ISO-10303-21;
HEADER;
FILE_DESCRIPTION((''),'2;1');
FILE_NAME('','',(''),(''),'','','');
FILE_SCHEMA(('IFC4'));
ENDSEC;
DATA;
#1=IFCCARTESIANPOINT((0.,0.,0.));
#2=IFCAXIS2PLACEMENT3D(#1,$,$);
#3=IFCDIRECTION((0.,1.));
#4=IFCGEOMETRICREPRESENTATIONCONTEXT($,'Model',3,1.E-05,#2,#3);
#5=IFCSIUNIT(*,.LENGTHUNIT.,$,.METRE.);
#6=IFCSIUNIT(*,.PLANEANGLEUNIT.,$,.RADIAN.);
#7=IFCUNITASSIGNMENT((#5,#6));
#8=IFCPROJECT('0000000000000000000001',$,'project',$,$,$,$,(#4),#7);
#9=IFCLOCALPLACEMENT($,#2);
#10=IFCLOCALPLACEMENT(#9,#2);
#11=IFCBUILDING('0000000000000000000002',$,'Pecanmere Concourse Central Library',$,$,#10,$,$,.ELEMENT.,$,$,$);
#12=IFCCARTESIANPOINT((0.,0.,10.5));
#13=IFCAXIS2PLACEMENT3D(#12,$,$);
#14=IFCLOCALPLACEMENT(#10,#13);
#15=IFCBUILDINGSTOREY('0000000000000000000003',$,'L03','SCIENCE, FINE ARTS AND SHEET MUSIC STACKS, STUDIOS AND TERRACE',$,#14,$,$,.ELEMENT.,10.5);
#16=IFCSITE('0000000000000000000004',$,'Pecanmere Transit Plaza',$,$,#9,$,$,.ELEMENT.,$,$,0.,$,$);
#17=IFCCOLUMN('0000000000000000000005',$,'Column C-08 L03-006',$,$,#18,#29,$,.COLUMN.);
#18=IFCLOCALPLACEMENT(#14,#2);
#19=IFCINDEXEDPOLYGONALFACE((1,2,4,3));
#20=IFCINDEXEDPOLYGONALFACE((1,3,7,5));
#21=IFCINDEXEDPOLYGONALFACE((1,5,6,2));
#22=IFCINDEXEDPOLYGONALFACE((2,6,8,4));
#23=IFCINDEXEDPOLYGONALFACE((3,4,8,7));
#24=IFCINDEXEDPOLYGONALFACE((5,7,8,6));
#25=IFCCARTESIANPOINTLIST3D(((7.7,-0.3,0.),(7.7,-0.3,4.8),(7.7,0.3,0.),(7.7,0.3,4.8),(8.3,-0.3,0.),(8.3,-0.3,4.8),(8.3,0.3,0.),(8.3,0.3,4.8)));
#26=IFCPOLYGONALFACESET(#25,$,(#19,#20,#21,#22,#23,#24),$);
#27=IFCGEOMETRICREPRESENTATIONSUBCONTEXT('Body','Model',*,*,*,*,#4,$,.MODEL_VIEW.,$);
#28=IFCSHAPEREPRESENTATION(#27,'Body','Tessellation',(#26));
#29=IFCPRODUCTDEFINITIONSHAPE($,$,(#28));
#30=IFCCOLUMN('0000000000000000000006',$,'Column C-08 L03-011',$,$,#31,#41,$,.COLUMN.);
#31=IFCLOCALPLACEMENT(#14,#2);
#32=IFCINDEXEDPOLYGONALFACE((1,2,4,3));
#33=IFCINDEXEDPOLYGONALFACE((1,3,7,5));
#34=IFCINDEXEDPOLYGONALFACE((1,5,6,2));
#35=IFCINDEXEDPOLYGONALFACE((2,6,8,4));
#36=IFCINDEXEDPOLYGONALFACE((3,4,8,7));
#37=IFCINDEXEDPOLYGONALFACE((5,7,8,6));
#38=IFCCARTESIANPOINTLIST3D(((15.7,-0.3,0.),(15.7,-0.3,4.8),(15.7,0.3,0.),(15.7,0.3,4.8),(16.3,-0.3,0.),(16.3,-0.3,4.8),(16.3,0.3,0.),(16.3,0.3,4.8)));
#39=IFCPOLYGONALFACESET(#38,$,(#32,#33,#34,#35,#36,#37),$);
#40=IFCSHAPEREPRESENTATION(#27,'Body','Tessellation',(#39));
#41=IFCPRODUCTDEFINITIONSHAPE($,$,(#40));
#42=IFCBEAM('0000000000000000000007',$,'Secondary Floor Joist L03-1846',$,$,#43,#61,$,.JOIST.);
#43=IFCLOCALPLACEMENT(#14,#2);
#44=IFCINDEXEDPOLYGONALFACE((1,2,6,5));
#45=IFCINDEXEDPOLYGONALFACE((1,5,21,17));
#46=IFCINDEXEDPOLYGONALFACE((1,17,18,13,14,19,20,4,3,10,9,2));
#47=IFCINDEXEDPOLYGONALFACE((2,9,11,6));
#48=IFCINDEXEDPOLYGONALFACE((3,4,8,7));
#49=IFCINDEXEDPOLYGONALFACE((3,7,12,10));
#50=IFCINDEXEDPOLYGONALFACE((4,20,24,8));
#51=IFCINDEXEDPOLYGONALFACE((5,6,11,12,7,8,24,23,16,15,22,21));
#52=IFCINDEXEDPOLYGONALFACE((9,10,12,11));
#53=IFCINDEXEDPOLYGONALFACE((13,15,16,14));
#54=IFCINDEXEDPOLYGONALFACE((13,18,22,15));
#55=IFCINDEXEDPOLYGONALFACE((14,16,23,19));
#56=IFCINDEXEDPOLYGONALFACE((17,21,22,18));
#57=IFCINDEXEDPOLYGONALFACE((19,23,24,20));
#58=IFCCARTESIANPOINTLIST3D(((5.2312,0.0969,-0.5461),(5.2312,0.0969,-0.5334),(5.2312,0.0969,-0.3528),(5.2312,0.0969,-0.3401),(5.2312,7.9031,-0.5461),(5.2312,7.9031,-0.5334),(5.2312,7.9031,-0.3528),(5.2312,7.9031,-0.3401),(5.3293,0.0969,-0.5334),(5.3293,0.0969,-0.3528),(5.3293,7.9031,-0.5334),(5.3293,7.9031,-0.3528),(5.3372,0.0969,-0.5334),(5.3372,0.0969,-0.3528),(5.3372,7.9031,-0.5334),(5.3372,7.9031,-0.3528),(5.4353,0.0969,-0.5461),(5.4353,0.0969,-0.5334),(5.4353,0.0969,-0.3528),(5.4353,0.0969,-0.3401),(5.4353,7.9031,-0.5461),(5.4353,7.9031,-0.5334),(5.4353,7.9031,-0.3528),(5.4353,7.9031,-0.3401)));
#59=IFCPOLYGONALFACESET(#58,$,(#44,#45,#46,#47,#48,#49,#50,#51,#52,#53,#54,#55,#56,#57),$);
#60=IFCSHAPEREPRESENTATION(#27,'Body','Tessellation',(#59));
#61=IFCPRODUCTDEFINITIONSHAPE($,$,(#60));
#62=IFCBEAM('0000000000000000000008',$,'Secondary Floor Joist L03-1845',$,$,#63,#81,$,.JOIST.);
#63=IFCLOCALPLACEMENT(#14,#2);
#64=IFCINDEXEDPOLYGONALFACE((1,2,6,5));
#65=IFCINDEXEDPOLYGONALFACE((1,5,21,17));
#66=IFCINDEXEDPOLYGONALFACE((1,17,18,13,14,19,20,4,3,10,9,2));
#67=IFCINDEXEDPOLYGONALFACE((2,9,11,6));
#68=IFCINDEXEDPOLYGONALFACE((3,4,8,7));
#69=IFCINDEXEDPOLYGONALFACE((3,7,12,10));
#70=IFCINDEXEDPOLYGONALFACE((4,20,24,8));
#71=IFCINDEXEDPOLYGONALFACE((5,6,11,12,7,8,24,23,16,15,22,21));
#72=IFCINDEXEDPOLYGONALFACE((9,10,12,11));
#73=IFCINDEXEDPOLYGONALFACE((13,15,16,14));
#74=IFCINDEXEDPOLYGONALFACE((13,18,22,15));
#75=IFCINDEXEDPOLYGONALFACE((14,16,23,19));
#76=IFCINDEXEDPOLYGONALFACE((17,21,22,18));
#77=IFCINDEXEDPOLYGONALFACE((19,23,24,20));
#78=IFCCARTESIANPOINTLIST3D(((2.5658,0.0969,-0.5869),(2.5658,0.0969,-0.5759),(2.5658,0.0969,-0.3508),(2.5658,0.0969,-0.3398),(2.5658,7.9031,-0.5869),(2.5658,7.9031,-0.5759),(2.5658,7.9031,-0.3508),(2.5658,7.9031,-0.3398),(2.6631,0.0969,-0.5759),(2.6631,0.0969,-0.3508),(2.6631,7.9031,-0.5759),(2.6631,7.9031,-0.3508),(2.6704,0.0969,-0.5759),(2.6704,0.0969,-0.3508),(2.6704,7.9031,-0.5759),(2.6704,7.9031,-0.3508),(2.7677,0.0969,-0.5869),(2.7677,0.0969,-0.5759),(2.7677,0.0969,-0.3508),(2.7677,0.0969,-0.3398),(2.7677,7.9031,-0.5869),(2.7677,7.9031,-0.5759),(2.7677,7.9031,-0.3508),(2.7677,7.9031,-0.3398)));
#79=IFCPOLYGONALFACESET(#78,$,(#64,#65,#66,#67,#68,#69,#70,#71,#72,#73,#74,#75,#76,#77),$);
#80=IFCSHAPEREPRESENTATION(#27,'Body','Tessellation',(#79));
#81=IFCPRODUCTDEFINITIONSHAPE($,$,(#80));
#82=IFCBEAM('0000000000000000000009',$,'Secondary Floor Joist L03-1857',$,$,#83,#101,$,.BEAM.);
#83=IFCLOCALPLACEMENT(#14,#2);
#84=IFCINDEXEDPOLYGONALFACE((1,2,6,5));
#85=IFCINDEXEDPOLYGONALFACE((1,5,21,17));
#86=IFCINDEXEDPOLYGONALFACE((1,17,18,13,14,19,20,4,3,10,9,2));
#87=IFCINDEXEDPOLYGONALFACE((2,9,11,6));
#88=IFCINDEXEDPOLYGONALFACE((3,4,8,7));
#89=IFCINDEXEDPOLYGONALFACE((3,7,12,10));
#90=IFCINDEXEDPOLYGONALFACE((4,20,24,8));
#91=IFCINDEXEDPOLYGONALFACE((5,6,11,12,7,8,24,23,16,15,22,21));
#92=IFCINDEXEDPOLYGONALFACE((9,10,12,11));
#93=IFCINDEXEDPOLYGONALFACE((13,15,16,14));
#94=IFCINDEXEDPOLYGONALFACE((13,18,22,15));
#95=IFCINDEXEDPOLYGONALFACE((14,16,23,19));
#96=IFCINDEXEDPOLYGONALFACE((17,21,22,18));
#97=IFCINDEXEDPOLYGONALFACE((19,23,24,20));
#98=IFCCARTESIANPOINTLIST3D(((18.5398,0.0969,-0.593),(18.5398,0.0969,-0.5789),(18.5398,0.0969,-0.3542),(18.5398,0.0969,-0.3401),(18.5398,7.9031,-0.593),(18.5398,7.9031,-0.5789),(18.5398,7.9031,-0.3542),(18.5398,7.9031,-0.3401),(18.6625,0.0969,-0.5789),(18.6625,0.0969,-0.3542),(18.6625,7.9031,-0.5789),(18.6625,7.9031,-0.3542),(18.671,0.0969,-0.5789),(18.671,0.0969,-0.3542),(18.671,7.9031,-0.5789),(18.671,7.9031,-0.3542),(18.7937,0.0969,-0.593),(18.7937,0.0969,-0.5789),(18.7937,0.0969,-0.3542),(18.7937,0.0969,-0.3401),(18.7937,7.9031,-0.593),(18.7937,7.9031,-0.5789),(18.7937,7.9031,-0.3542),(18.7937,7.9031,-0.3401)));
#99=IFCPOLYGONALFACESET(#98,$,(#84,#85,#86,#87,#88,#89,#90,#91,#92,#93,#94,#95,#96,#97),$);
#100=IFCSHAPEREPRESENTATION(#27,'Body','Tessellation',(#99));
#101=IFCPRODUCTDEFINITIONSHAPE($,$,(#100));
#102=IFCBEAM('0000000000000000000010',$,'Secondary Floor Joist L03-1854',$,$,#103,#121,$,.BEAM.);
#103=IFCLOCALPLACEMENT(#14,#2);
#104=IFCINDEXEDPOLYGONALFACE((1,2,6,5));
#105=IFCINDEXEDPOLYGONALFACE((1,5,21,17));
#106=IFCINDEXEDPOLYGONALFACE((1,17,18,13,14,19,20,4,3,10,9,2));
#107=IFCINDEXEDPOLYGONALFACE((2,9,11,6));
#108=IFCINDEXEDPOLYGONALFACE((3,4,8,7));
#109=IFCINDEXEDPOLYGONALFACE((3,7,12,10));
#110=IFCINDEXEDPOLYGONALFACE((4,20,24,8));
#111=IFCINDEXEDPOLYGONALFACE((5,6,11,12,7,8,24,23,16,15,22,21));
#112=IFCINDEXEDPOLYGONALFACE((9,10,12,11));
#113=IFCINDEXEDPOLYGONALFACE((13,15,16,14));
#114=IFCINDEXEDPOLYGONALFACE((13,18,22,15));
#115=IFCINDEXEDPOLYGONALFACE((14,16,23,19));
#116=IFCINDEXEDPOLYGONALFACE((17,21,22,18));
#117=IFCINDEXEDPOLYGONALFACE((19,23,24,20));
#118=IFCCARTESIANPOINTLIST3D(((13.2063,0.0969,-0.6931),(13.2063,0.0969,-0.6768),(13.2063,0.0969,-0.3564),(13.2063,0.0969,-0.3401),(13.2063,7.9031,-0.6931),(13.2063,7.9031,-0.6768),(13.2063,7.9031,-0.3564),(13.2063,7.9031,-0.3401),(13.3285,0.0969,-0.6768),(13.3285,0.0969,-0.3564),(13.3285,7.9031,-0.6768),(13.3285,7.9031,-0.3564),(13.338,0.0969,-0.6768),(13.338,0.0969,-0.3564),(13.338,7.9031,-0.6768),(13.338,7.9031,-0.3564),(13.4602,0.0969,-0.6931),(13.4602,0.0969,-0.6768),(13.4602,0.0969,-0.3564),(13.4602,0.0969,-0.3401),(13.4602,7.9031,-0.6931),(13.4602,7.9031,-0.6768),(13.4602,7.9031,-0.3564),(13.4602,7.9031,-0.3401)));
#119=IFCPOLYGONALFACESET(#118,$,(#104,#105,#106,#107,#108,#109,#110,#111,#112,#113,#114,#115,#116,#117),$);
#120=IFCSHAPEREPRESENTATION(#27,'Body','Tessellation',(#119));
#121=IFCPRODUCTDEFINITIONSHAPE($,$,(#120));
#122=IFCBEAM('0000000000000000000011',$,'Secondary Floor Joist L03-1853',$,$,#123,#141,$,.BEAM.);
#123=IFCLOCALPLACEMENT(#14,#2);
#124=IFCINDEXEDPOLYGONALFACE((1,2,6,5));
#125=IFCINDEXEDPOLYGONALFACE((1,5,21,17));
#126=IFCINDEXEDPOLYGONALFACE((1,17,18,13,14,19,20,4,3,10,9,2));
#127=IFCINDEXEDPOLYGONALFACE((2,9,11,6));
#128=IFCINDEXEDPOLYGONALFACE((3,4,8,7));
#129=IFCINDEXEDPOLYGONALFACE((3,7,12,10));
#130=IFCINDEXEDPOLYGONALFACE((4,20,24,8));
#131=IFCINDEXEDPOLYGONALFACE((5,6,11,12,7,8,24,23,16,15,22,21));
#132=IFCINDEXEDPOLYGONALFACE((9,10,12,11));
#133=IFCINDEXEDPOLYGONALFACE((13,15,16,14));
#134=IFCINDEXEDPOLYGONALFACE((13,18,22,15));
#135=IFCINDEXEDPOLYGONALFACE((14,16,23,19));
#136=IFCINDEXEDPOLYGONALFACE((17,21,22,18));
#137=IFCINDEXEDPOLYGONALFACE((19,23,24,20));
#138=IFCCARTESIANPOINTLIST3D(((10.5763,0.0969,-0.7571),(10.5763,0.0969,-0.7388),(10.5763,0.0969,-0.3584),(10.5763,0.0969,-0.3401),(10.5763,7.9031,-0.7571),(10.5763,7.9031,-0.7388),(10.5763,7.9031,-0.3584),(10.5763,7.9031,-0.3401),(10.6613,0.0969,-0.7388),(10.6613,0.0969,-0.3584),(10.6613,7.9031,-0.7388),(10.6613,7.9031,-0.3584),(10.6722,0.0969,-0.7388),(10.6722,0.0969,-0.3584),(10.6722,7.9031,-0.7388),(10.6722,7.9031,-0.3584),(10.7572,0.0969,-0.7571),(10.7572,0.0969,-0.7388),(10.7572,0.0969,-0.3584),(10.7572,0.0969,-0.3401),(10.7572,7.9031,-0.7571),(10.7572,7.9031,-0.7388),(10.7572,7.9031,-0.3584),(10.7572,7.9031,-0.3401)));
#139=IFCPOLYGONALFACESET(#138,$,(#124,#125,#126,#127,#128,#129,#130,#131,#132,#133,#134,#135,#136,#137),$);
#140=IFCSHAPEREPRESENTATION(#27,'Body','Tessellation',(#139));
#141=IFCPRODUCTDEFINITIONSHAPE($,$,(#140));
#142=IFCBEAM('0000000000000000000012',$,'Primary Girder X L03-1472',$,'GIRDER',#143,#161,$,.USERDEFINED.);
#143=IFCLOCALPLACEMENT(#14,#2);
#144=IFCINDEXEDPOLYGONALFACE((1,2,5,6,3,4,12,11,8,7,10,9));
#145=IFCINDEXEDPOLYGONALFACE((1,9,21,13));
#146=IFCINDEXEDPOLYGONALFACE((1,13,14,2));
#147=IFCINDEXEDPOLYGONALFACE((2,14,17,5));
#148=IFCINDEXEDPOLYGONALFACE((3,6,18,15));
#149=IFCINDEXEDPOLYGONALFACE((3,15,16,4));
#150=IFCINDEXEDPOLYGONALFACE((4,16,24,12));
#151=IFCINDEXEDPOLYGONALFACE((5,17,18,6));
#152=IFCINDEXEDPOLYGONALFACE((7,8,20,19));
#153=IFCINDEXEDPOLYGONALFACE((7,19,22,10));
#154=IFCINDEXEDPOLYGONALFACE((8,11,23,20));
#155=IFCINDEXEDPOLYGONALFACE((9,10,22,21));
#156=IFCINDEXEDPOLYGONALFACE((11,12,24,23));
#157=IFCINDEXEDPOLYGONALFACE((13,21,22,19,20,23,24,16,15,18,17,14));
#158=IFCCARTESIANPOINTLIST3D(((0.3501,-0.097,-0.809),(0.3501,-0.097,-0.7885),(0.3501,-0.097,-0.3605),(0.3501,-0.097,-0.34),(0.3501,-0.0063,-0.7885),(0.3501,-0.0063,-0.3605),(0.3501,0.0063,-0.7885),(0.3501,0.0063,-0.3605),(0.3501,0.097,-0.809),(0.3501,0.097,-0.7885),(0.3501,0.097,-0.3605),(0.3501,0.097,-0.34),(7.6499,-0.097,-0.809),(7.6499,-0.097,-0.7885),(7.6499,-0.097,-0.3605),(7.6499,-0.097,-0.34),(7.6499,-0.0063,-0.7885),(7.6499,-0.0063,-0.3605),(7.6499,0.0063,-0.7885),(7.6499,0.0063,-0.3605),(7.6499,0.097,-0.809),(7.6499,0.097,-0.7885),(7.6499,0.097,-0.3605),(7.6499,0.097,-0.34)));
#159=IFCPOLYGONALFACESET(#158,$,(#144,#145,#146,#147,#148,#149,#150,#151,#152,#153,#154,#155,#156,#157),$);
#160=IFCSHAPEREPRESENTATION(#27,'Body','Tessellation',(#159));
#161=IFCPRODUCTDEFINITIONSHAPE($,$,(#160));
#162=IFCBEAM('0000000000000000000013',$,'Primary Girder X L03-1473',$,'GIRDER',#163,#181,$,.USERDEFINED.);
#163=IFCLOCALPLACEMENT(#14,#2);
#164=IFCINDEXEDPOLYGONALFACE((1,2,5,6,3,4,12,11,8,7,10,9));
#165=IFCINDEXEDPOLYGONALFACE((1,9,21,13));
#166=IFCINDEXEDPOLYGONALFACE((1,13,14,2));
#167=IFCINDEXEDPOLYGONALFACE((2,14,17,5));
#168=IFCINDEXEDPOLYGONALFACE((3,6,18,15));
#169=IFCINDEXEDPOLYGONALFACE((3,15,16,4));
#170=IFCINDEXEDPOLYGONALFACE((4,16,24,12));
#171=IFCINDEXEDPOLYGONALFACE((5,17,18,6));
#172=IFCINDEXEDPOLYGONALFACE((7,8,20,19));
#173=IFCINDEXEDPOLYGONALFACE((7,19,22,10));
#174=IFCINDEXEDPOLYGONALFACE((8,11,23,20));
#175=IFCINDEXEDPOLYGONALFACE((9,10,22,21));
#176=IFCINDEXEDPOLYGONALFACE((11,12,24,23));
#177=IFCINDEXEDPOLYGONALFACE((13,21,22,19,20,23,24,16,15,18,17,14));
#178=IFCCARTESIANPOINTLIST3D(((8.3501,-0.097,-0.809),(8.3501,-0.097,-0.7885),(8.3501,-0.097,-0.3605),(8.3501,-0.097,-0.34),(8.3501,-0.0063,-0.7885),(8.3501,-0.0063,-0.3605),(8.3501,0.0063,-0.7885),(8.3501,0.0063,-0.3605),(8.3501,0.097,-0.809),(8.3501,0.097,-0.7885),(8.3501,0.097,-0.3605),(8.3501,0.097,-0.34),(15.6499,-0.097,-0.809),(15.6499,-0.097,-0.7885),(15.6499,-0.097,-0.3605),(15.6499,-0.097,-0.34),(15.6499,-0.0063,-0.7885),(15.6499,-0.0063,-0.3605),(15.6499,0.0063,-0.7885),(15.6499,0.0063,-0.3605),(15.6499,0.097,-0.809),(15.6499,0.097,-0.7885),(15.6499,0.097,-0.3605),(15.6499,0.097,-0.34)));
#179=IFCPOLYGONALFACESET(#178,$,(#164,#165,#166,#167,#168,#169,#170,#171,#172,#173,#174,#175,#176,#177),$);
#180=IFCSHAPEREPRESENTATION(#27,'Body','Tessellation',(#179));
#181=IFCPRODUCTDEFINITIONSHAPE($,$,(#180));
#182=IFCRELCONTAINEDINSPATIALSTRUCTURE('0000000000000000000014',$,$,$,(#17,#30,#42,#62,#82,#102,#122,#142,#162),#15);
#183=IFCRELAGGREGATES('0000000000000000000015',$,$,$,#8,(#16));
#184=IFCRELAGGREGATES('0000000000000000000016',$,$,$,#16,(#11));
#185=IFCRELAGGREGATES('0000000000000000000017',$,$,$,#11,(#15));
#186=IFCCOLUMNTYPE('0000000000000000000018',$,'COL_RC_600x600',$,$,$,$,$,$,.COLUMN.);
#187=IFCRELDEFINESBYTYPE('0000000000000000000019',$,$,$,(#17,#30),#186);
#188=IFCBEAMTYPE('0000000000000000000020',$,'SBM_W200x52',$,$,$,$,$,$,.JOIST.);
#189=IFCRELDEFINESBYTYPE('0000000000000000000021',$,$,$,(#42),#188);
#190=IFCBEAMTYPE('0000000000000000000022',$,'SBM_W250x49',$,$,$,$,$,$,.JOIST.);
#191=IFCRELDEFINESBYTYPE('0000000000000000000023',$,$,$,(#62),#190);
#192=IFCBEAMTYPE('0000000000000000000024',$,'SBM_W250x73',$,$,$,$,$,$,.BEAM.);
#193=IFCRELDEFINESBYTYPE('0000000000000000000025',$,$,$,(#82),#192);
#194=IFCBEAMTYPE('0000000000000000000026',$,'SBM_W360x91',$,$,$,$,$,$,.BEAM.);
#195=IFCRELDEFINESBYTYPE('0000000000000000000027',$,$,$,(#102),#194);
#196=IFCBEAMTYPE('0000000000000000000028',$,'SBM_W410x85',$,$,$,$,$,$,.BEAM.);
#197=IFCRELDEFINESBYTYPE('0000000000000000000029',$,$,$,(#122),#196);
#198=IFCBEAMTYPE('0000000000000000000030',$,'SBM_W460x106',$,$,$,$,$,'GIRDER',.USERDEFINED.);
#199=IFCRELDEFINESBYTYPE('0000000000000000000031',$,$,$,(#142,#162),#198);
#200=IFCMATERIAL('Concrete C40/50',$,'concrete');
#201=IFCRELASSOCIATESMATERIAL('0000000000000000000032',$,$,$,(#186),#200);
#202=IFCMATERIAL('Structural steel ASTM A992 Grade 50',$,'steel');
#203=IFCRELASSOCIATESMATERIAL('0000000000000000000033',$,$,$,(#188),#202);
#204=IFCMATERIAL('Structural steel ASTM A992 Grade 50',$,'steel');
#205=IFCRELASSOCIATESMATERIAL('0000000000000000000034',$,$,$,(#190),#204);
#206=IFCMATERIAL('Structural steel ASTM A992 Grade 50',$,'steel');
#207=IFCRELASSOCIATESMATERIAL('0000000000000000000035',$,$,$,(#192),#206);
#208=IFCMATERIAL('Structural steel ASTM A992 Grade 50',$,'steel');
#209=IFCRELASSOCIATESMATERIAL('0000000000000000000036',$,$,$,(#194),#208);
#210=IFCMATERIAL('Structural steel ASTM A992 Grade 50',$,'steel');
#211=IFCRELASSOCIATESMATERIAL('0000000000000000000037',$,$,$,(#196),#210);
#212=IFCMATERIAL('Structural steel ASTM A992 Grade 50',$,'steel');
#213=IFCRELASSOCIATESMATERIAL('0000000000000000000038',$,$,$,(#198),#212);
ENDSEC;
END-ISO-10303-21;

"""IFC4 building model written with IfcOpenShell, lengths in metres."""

from ifc_helpers import new_model, si_unit, direction, frame, origin, origin_2d, place, context, subcontext, project, spatial, rectangle, i_section, extrude, material, material_profile, profile_set, type_object, element, save


model = new_model("IFC4")

# Units and contexts
model_context = context("Model", 3, precision=1e-05, world=origin(), true_north=direction((0.0, 1.0)))
body_context = subcontext(model_context, "Body", "Model", "MODEL_VIEW")
ifc_project = project(units=[si_unit("LENGTHUNIT", "METRE"), si_unit("PLANEANGLEUNIT", "RADIAN")], contexts=[model_context])

# Site, building, storey
site_placement = place(None, origin())
site = spatial("IfcSite", under=ifc_project, at=site_placement, Name="Pecanmere Transit Plaza", CompositionType="ELEMENT", RefElevation=0.0)
building_placement = place(site_placement, origin())
building = spatial("IfcBuilding", under=site, at=building_placement, Name="Pecanmere Concourse Central Library", CompositionType="ELEMENT")
storey_placement = place(building_placement, frame((0.0, 0.0, 10.5)))
storey = spatial("IfcBuildingStorey", under=building, at=storey_placement, Name="L03", Description="SCIENCE, FINE ARTS AND SHEET MUSIC STACKS, STUDIOS AND TERRACE", CompositionType="ELEMENT", Elevation=10.5)

# Columns
ifc_material_1 = material(Name="Concrete C40/50", Category="concrete")
ifc_material_profile_1 = material_profile(ifc_material_1, rectangle(XDim=0.6001, YDim=0.6001, at=origin_2d()), Name="RC 600x600")
ifc_profile_set_1 = profile_set([ifc_material_profile_1], Name="Concrete C40/50")
column_type = type_object("IfcColumnType", Name="COL_RC_600x600", PredefinedType="COLUMN", material=ifc_profile_set_1)
for number, where, z_axis, x_axis, name in (
    (1, (8.0, 0.0, 0.0), (0.0, 0.0, 1.0), (1.0, 0.0, 0.0), "Column C-08 L03-006"),
    (2, (16.0, 0.0, 0.0), (0.0, 0.0, 1.0), (1.0, 0.0, 0.0), "Column C-08 L03-011"),
):
    element("IfcColumn", number, at=place(storey_placement, frame(where, z_axis=z_axis, x_axis=x_axis)), inside=storey, type_object=column_type, Name=name, PredefinedType="COLUMN", context=body_context, shape_type="SweptSolid", body=[
        extrude(rectangle(XDim=0.6001, YDim=0.6001, at=origin_2d()), origin(), (0.0, 0.0, 1.0), 4.8),
    ])

# Beams
ifc_material_2 = material(Name="Structural steel ASTM A992 Grade 50", Category="steel")
ifc_material_profile_2 = material_profile(ifc_material_2, i_section(OverallWidth=0.2041, OverallDepth=0.2061, WebThickness=0.0078, FlangeThickness=0.0127, at=origin_2d()), Name="W200x52")
ifc_profile_set_2 = profile_set([ifc_material_profile_2], Name="Structural steel ASTM A992 Grade 50")
beam_type_1 = type_object("IfcBeamType", Name="SBM_W200x52", PredefinedType="JOIST", material=ifc_profile_set_2)
beam_1_placement = place(storey_placement, frame((5.3333, 0.0969, -0.4431), z_axis=(0.0, 1.0, 0.0), x_axis=(-1.0, 0.0, 0.0)))
element("IfcBeam", 3, at=beam_1_placement, inside=storey, type_object=beam_type_1, Name="Secondary Floor Joist L03-1846", PredefinedType="JOIST", context=body_context, shape_type="SweptSolid", body=[
    extrude(i_section(OverallWidth=0.2041, OverallDepth=0.2061, WebThickness=0.0078, FlangeThickness=0.0127, at=origin_2d()), origin(), (0.0, 0.0, 1.0), 7.8062),
])
ifc_material_3 = material(Name="Structural steel ASTM A992 Grade 50", Category="steel")
ifc_material_profile_3 = material_profile(ifc_material_3, i_section(OverallWidth=0.2019, OverallDepth=0.2471, WebThickness=0.0073, FlangeThickness=0.011, at=origin_2d()), Name="W250x49.1")
ifc_profile_set_3 = profile_set([ifc_material_profile_3], Name="Structural steel ASTM A992 Grade 50")
beam_type_2 = type_object("IfcBeamType", Name="SBM_W250x49", PredefinedType="JOIST", material=ifc_profile_set_3)
beam_2_placement = place(storey_placement, frame((2.6667, 0.0969, -0.4634), z_axis=(0.0, 1.0, 0.0), x_axis=(-1.0, 0.0, 0.0)))
element("IfcBeam", 4, at=beam_2_placement, inside=storey, type_object=beam_type_2, Name="Secondary Floor Joist L03-1845", PredefinedType="JOIST", context=body_context, shape_type="SweptSolid", body=[
    extrude(i_section(OverallWidth=0.2019, OverallDepth=0.2471, WebThickness=0.0073, FlangeThickness=0.011, at=origin_2d()), origin(), (0.0, 0.0, 1.0), 7.8062),
])
ifc_material_4 = material(Name="Structural steel ASTM A992 Grade 50", Category="steel")
ifc_material_profile_4 = material_profile(ifc_material_4, i_section(OverallWidth=0.2539, OverallDepth=0.2529, WebThickness=0.0085, FlangeThickness=0.0142, at=origin_2d()), Name="W250x73")
ifc_profile_set_4 = profile_set([ifc_material_profile_4], Name="Structural steel ASTM A992 Grade 50")
beam_type_3 = type_object("IfcBeamType", Name="SBM_W250x73", PredefinedType="BEAM", material=ifc_profile_set_4)
beam_3_placement = place(storey_placement, frame((18.6667, 0.0969, -0.4666), z_axis=(0.0, 1.0, 0.0), x_axis=(-1.0, 0.0, 0.0)))
element("IfcBeam", 5, at=beam_3_placement, inside=storey, type_object=beam_type_3, Name="Secondary Floor Joist L03-1857", PredefinedType="BEAM", context=body_context, shape_type="SweptSolid", body=[
    extrude(i_section(OverallWidth=0.2539, OverallDepth=0.2529, WebThickness=0.0085, FlangeThickness=0.0142, at=origin_2d()), origin(), (0.0, 0.0, 1.0), 7.8062),
])
ifc_material_5 = material(Name="Structural steel ASTM A992 Grade 50", Category="steel")
ifc_material_profile_5 = material_profile(ifc_material_5, i_section(OverallWidth=0.2539, OverallDepth=0.353, WebThickness=0.0095, FlangeThickness=0.0164, at=origin_2d()), Name="W360x91")
ifc_profile_set_5 = profile_set([ifc_material_profile_5], Name="Structural steel ASTM A992 Grade 50")
beam_type_4 = type_object("IfcBeamType", Name="SBM_W360x91", PredefinedType="BEAM", material=ifc_profile_set_5)
beam_4_placement = place(storey_placement, frame((13.3333, 0.0969, -0.5166), z_axis=(0.0, 1.0, 0.0), x_axis=(-1.0, 0.0, 0.0)))
element("IfcBeam", 6, at=beam_4_placement, inside=storey, type_object=beam_type_4, Name="Secondary Floor Joist L03-1854", PredefinedType="BEAM", context=body_context, shape_type="SweptSolid", body=[
    extrude(i_section(OverallWidth=0.2539, OverallDepth=0.353, WebThickness=0.0095, FlangeThickness=0.0164, at=origin_2d()), origin(), (0.0, 0.0, 1.0), 7.8062),
])
ifc_material_6 = material(Name="Structural steel ASTM A992 Grade 50", Category="steel")
ifc_material_profile_6 = material_profile(ifc_material_6, i_section(OverallWidth=0.1809, OverallDepth=0.417, WebThickness=0.011, FlangeThickness=0.0183, at=origin_2d()), Name="W410x85")
ifc_profile_set_6 = profile_set([ifc_material_profile_6], Name="Structural steel ASTM A992 Grade 50")
beam_type_5 = type_object("IfcBeamType", Name="SBM_W410x85", PredefinedType="BEAM", material=ifc_profile_set_6)
beam_5_placement = place(storey_placement, frame((10.6667, 0.0969, -0.5486), z_axis=(0.0, 1.0, 0.0), x_axis=(-1.0, 0.0, 0.0)))
element("IfcBeam", 7, at=beam_5_placement, inside=storey, type_object=beam_type_5, Name="Secondary Floor Joist L03-1853", PredefinedType="BEAM", context=body_context, shape_type="SweptSolid", body=[
    extrude(i_section(OverallWidth=0.1809, OverallDepth=0.417, WebThickness=0.011, FlangeThickness=0.0183, at=origin_2d()), origin(), (0.0, 0.0, 1.0), 7.8062),
])
ifc_material_7 = material(Name="Structural steel ASTM A992 Grade 50", Category="steel")
ifc_material_profile_7 = material_profile(ifc_material_7, i_section(OverallWidth=0.1941, OverallDepth=0.469, WebThickness=0.0127, FlangeThickness=0.0205, at=origin_2d()), Name="W460x106")
ifc_profile_set_7 = profile_set([ifc_material_profile_7], Name="Structural steel ASTM A992 Grade 50")
beam_type_6 = type_object("IfcBeamType", Name="SBM_W460x106", ElementType="GIRDER", PredefinedType="USERDEFINED", material=ifc_profile_set_7)
for number, where, z_axis, x_axis, name in (
    (8, (0.3501, 0.0, -0.5745), (1.0, 0.0, 0.0), (0.0, 1.0, 0.0), "Primary Girder X L03-1472"),
    (9, (8.3501, 0.0, -0.5745), (1.0, 0.0, 0.0), (0.0, 1.0, 0.0), "Primary Girder X L03-1473"),
):
    element("IfcBeam", number, at=place(storey_placement, frame(where, z_axis=z_axis, x_axis=x_axis)), inside=storey, type_object=beam_type_6, Name=name, ObjectType="GIRDER", PredefinedType="USERDEFINED", context=body_context, shape_type="SweptSolid", body=[
        extrude(i_section(OverallWidth=0.1941, OverallDepth=0.469, WebThickness=0.0127, FlangeThickness=0.0205, at=origin_2d()), origin(), (0.0, 0.0, 1.0), 7.2998),
    ])

save(model, "model.ifc")
